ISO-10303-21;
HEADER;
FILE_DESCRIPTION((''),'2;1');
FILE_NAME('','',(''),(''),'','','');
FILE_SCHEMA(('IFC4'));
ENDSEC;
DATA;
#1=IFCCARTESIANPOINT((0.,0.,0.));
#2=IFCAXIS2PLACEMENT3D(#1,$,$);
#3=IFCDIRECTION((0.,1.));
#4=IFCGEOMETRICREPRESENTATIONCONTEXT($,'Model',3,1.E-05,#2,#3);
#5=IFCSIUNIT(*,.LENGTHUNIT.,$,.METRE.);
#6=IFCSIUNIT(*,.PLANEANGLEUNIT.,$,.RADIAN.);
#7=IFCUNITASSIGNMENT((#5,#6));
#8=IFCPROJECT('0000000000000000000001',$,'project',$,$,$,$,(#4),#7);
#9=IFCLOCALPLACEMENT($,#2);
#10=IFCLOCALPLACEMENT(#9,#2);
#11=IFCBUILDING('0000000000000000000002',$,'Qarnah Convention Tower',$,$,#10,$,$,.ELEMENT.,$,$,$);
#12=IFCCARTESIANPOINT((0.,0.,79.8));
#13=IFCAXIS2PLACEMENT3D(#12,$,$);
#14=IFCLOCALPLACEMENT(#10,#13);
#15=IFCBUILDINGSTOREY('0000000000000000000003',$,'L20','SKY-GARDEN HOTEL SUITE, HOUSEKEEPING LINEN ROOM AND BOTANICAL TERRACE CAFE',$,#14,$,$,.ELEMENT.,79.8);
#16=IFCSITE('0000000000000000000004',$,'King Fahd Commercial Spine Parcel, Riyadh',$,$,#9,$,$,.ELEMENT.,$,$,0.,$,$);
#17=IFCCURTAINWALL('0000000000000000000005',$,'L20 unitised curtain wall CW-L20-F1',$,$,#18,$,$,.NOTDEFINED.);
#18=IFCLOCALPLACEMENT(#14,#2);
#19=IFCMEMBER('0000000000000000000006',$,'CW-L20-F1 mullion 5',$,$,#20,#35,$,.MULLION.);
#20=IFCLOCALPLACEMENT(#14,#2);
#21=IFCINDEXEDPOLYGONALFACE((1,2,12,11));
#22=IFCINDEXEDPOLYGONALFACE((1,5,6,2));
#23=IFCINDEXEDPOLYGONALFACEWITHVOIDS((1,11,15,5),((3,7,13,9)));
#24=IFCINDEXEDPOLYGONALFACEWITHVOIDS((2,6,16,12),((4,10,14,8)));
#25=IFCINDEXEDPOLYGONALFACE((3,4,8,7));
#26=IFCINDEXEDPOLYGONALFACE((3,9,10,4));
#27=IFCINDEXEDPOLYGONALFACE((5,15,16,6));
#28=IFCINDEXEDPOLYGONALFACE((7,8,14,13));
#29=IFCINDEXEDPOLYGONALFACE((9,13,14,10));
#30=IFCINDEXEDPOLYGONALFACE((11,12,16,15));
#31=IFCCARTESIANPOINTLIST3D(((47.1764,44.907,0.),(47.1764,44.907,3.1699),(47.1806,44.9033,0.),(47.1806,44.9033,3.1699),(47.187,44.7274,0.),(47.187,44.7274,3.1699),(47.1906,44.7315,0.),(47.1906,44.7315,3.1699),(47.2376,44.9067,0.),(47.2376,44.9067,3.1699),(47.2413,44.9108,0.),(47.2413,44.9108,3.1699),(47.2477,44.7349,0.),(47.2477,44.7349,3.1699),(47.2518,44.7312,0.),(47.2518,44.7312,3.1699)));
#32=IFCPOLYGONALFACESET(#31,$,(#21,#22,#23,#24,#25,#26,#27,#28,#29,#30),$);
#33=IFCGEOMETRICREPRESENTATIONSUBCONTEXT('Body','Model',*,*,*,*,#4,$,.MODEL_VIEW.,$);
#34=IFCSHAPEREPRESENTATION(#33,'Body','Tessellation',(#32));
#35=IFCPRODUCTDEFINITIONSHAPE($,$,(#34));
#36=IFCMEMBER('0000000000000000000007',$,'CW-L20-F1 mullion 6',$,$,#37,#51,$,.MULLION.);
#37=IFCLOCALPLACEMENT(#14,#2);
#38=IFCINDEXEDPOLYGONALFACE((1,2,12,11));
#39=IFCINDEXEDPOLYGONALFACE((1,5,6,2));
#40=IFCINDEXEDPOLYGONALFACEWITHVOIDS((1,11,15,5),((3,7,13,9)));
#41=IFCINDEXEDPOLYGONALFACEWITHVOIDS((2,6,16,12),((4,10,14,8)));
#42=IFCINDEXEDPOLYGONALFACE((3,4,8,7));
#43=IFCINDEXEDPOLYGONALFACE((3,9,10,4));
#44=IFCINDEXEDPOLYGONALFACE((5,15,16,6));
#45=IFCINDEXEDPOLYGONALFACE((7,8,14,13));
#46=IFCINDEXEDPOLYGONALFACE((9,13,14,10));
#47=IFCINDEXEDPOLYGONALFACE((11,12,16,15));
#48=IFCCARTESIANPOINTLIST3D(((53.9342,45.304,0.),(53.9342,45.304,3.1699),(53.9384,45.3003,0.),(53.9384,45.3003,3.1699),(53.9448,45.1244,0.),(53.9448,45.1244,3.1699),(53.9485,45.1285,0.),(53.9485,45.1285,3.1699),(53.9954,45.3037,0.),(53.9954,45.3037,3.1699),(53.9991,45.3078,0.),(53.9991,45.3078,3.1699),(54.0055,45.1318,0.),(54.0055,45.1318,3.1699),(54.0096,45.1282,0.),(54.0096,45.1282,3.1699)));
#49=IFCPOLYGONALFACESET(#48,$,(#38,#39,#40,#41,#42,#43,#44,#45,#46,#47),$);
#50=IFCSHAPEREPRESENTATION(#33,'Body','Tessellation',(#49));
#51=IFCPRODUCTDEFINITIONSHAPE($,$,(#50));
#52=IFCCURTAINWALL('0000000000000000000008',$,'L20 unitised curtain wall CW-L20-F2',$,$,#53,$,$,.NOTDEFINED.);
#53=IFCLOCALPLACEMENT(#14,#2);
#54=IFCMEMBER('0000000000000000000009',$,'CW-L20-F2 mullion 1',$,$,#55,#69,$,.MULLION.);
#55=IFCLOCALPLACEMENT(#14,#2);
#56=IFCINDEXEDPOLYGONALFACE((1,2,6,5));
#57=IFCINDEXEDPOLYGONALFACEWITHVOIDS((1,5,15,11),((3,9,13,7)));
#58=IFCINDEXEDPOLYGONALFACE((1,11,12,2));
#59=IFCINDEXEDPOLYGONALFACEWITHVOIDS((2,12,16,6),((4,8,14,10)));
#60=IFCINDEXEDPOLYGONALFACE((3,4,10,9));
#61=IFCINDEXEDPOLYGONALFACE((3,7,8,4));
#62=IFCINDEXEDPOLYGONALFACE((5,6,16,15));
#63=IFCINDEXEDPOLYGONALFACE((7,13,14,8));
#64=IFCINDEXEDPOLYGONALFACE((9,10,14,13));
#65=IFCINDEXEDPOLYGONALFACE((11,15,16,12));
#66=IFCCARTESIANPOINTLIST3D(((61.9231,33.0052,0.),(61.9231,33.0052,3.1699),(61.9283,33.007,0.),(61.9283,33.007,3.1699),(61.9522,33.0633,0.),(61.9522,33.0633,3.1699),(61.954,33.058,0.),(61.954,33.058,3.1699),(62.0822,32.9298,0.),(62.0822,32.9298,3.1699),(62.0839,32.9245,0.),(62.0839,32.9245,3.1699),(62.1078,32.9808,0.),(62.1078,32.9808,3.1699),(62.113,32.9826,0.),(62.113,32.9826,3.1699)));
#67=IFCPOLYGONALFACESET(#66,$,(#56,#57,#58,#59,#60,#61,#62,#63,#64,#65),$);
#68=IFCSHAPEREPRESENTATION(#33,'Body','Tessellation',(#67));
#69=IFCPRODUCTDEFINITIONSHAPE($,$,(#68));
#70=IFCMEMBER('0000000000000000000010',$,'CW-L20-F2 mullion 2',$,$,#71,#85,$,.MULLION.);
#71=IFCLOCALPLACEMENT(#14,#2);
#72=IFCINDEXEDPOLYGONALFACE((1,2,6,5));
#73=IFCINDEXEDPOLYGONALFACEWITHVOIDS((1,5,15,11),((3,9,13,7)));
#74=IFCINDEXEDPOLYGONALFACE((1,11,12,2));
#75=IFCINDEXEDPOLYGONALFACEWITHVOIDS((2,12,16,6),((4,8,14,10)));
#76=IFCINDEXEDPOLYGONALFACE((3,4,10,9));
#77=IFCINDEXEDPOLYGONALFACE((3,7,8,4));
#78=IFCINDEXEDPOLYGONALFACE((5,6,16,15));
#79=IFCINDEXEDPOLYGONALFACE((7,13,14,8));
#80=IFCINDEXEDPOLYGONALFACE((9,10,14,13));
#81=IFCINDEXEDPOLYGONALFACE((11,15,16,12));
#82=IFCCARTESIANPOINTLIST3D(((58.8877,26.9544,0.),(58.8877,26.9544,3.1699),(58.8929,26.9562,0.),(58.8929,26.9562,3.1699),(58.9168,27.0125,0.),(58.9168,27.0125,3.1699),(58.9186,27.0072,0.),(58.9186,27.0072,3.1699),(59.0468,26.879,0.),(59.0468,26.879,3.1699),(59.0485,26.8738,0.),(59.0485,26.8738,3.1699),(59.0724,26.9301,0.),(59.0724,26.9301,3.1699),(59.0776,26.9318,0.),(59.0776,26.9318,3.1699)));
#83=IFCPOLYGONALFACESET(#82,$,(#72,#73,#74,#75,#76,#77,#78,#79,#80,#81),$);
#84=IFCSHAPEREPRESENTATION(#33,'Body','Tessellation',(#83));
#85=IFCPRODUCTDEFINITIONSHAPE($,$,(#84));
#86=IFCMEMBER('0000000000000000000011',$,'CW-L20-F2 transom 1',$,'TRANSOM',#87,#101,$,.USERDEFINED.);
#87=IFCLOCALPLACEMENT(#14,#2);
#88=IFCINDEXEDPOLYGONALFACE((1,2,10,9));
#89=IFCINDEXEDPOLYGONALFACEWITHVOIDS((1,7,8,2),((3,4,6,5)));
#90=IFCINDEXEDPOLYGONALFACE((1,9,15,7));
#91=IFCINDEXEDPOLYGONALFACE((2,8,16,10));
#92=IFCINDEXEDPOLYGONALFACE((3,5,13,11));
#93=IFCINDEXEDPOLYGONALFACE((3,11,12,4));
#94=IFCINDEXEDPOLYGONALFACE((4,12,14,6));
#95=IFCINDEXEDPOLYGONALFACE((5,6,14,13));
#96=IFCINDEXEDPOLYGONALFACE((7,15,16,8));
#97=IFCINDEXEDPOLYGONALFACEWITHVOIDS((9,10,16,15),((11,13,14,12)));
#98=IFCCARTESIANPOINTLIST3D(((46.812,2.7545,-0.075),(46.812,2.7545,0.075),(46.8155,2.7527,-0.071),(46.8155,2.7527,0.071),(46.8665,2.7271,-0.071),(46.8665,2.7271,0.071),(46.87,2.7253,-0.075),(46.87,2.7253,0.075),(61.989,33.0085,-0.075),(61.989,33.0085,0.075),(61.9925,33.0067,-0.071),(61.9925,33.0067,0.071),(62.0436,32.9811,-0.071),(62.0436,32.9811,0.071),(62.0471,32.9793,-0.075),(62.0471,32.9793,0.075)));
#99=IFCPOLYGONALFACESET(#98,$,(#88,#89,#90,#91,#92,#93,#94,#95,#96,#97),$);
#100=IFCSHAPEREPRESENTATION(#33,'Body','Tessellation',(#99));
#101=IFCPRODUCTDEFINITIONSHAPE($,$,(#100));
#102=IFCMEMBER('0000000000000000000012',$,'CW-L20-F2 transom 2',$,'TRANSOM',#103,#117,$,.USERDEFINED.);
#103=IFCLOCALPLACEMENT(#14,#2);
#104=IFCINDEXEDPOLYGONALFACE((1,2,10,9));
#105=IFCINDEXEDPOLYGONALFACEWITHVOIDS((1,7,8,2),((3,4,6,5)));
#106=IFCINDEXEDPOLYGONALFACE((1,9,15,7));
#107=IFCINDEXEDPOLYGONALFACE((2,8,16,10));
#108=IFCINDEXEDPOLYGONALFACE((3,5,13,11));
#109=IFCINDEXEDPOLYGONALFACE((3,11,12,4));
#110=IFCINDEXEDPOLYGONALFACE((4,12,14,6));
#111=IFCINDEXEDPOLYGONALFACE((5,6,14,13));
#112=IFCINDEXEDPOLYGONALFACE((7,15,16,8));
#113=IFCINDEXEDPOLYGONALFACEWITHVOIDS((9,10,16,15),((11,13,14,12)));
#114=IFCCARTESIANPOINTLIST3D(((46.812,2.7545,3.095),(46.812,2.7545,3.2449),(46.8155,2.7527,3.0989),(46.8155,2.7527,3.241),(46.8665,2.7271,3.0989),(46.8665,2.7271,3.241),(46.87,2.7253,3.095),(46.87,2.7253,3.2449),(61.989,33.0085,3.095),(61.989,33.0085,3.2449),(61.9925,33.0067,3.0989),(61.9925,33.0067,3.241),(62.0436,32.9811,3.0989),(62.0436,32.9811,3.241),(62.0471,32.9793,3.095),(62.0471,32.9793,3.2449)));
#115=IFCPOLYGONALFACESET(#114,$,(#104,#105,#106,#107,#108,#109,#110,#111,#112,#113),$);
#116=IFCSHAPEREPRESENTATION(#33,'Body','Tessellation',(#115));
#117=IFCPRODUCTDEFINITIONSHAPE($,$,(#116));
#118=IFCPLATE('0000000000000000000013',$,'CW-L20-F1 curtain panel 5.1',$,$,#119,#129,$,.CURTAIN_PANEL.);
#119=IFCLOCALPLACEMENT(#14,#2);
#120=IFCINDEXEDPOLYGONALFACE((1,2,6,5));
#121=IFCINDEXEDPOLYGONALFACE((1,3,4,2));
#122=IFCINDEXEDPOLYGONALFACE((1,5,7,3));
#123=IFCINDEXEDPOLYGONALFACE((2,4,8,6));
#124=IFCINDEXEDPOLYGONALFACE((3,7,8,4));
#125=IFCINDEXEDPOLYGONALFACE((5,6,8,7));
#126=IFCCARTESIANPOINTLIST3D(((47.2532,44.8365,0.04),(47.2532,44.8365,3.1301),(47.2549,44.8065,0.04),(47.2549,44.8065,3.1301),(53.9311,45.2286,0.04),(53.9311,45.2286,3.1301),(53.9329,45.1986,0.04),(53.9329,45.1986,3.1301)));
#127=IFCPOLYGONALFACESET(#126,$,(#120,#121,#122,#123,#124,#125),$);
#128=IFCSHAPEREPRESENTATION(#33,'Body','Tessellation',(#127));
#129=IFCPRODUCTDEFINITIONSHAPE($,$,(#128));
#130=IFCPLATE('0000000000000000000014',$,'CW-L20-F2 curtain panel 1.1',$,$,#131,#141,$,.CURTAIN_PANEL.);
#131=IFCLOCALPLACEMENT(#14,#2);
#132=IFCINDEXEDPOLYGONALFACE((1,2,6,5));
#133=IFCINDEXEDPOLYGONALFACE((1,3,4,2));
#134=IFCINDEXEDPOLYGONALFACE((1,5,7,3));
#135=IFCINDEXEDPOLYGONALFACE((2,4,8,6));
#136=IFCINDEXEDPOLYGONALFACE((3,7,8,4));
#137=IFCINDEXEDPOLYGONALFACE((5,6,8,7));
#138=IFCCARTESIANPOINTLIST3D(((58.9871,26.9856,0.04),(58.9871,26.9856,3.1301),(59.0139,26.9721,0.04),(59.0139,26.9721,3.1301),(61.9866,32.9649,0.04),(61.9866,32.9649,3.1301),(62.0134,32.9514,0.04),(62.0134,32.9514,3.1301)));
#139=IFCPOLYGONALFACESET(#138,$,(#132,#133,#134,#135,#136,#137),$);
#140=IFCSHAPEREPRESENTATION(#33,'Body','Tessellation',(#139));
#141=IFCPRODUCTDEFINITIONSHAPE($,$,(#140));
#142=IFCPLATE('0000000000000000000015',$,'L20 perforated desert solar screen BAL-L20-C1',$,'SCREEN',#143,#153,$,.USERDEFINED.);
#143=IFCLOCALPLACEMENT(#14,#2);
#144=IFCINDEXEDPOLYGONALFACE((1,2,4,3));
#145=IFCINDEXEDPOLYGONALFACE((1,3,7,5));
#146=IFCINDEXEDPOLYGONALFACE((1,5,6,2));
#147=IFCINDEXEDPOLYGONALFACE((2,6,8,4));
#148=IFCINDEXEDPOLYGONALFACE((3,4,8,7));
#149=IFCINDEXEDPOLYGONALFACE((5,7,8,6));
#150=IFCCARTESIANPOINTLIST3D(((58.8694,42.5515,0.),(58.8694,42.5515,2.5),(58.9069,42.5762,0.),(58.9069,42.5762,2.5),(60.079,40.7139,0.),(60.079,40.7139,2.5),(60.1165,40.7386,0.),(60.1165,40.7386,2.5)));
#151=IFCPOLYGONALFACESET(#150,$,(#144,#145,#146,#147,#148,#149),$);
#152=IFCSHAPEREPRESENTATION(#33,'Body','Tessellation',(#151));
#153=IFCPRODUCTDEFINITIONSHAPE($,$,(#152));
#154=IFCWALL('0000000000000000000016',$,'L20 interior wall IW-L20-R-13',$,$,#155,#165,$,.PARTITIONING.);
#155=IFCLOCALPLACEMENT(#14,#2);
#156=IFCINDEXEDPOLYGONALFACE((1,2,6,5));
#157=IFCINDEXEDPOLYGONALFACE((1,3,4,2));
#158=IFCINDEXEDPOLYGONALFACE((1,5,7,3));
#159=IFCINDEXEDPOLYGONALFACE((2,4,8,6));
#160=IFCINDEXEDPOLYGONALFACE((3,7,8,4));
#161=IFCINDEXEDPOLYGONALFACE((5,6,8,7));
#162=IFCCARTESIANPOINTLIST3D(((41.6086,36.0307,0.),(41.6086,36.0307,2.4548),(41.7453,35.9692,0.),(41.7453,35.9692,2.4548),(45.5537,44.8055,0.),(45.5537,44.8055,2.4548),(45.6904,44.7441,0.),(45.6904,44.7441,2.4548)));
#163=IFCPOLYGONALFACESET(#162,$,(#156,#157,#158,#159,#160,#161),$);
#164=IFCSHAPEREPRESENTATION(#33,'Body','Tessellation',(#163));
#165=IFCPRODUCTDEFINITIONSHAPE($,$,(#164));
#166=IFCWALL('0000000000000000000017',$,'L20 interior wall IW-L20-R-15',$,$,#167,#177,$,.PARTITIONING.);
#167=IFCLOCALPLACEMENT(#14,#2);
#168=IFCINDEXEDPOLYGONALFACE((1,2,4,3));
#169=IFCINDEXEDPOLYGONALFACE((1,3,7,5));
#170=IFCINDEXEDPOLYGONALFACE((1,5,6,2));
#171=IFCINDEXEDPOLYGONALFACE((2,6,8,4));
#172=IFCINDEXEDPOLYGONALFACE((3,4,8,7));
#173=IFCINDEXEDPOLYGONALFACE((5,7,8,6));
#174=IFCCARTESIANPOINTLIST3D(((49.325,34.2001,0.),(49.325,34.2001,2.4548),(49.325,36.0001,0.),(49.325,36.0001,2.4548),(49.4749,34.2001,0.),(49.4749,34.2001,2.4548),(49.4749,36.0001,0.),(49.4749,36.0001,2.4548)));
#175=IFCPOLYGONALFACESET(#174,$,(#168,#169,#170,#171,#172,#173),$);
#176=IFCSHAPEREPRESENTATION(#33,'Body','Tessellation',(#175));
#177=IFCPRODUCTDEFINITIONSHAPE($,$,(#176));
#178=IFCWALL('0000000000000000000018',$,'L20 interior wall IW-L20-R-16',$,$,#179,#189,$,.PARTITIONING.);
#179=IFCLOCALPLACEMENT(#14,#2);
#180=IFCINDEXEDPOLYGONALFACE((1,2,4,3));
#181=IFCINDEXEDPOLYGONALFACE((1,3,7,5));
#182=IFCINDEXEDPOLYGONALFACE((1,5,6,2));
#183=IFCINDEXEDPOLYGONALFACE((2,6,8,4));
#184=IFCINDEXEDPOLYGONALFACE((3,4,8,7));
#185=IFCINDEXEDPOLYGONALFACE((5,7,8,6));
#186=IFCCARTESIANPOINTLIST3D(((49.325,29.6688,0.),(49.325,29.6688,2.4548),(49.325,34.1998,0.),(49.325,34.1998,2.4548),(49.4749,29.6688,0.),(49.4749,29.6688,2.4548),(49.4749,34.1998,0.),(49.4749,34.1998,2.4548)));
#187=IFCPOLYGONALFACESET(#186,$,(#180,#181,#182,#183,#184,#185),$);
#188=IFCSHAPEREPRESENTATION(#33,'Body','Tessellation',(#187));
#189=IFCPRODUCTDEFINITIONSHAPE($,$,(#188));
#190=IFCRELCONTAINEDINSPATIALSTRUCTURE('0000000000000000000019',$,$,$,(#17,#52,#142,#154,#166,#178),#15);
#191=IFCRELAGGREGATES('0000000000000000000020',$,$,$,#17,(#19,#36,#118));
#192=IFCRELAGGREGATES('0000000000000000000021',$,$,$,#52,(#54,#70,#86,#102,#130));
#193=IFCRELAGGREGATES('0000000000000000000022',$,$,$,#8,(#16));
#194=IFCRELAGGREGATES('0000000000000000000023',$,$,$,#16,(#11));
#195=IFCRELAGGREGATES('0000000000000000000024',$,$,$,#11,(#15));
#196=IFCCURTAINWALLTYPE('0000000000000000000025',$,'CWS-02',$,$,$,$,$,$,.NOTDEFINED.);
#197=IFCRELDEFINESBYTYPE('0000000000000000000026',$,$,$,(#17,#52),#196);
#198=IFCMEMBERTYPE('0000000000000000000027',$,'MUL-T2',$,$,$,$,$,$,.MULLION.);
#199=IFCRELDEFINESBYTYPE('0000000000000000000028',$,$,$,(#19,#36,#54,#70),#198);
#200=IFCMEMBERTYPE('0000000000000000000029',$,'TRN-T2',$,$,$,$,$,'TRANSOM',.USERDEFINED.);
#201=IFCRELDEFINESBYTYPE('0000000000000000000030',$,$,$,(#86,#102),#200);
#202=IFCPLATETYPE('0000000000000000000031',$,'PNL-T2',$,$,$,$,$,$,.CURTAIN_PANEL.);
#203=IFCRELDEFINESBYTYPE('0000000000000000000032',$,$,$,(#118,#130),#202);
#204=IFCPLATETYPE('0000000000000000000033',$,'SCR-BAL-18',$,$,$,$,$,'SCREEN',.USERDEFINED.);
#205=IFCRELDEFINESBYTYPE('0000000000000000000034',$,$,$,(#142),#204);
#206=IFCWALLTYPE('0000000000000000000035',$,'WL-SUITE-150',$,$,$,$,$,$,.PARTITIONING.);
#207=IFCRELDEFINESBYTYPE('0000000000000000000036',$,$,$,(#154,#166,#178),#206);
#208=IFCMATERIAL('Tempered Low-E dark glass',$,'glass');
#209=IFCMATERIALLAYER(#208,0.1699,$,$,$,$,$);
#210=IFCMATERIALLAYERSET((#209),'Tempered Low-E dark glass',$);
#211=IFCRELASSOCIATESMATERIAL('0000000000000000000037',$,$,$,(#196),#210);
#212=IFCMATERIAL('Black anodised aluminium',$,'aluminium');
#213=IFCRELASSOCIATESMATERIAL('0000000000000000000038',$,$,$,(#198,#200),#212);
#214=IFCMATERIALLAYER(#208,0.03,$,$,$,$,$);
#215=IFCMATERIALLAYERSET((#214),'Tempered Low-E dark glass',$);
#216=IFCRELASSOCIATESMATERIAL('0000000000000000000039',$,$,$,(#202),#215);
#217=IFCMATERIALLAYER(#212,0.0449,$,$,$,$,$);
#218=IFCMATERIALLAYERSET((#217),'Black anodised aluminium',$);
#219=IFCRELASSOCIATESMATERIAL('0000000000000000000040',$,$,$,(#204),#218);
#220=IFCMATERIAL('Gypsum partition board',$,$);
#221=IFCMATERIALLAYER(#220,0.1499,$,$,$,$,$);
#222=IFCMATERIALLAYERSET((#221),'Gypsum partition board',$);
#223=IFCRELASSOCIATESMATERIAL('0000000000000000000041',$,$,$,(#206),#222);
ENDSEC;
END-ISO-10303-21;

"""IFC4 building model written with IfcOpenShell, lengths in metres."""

from ifc_helpers import new_model, si_unit, direction, frame, frame_2d, origin, origin_2d, place, context, subcontext, project, spatial, rectangle, hollow_rectangle, extrude, material, layer, layer_set, material_profile, profile_set, type_object, element, aggregate, save


model = new_model("IFC4")

# Units and contexts
model_context = context("Model", 3, precision=1e-05, world=origin(), true_north=direction((0.0, 1.0)))
body_context = subcontext(model_context, "Body", "Model", "MODEL_VIEW")
ifc_project = project(units=[si_unit("LENGTHUNIT", "METRE"), si_unit("PLANEANGLEUNIT", "RADIAN")], contexts=[model_context])

# Site, building, storey
site_placement = place(None, origin())
site = spatial("IfcSite", under=ifc_project, at=site_placement, Name="King Fahd Commercial Spine Parcel, Riyadh", CompositionType="ELEMENT", RefElevation=0.0)
building_placement = place(site_placement, origin())
building = spatial("IfcBuilding", under=site, at=building_placement, Name="Qarnah Convention Tower", CompositionType="ELEMENT")
storey_placement = place(building_placement, frame((0.0, 0.0, 79.8)))
storey = spatial("IfcBuildingStorey", under=building, at=storey_placement, Name="L20", Description="SKY-GARDEN HOTEL SUITE, HOUSEKEEPING LINEN ROOM AND BOTANICAL TERRACE CAFE", CompositionType="ELEMENT", Elevation=79.8)

# Curtain walls, members
ifc_material_1 = material(Name="Tempered Low-E dark glass", Category="glass")
ifc_layer_1 = layer(ifc_material_1, 0.1699)
ifc_layer_set_1 = layer_set([ifc_layer_1], Name="Tempered Low-E dark glass")
curtain_wall_type = type_object("IfcCurtainWallType", Name="CWS-02", PredefinedType="NOTDEFINED", material=ifc_layer_set_1)
curtain_wall_1_placement = place(storey_placement, origin())
curtain_wall_1 = element("IfcCurtainWall", 1, at=curtain_wall_1_placement, inside=storey, type_object=curtain_wall_type, Name="L20 unitised curtain wall CW-L20-F1", PredefinedType="NOTDEFINED")
ifc_material_2 = material(Name="Black anodised aluminium", Category="aluminium")
ifc_material_profile_1 = material_profile(ifc_material_2, hollow_rectangle(XDim=0.0649, YDim=0.1799, WallThickness=0.0039, at=origin_2d()), Name="MUL-65X180")
ifc_profile_set_1 = profile_set([ifc_material_profile_1], Name="Black anodised aluminium")
member_type_1 = type_object("IfcMemberType", Name="MUL-T2", PredefinedType="MULLION", material=ifc_profile_set_1)
member_1_placement = place(storey_placement, frame((47.2141, 44.8191, 0.0), z_axis=(0.0, 0.0, 1.0), x_axis=(0.998281, 0.058616, 0.0)))
member_1 = element("IfcMember", 2, at=member_1_placement, type_object=member_type_1, Name="CW-L20-F1 mullion 5", PredefinedType="MULLION", context=body_context, shape_type="SweptSolid", body=[
    extrude(hollow_rectangle(XDim=0.0649, YDim=0.1799, WallThickness=0.0039, at=origin_2d()), origin(), (0.0, 0.0, 1.0), 3.1699),
])
member_2_placement = place(storey_placement, frame((53.9719, 45.2161, 0.0), z_axis=(0.0, 0.0, 1.0), x_axis=(0.998281, 0.058616, 0.0)))
member_2 = element("IfcMember", 3, at=member_2_placement, type_object=member_type_1, Name="CW-L20-F1 mullion 6", PredefinedType="MULLION", context=body_context, shape_type="SweptSolid", body=[
    extrude(hollow_rectangle(XDim=0.0649, YDim=0.1799, WallThickness=0.0039, at=origin_2d()), origin(), (0.0, 0.0, 1.0), 3.1699),
])
curtain_wall_2_placement = place(storey_placement, origin())
curtain_wall_2 = element("IfcCurtainWall", 4, at=curtain_wall_2_placement, inside=storey, type_object=curtain_wall_type, Name="L20 unitised curtain wall CW-L20-F2", PredefinedType="NOTDEFINED")
member_3_placement = place(storey_placement, frame((62.0181, 32.9939, 0.0), z_axis=(0.0, 0.0, 1.0), x_axis=(-0.448395, -0.893836, 0.0)))
member_3 = element("IfcMember", 5, at=member_3_placement, type_object=member_type_1, Name="CW-L20-F2 mullion 1", PredefinedType="MULLION", context=body_context, shape_type="SweptSolid", body=[
    extrude(hollow_rectangle(XDim=0.0649, YDim=0.1799, WallThickness=0.0039, at=origin_2d()), origin(), (0.0, 0.0, 1.0), 3.1699),
])
member_4_placement = place(storey_placement, frame((58.9827, 26.9431, 0.0), z_axis=(0.0, 0.0, 1.0), x_axis=(-0.448395, -0.893836, 0.0)))
member_4 = element("IfcMember", 6, at=member_4_placement, type_object=member_type_1, Name="CW-L20-F2 mullion 2", PredefinedType="MULLION", context=body_context, shape_type="SweptSolid", body=[
    extrude(hollow_rectangle(XDim=0.0649, YDim=0.1799, WallThickness=0.0039, at=origin_2d()), origin(), (0.0, 0.0, 1.0), 3.1699),
])
ifc_material_profile_2 = material_profile(ifc_material_2, hollow_rectangle(XDim=0.0649, YDim=0.1499, WallThickness=0.0039, at=origin_2d()), Name="TRN-65X150")
ifc_profile_set_2 = profile_set([ifc_material_profile_2], Name="Black anodised aluminium")
member_type_2 = type_object("IfcMemberType", Name="TRN-T2", ElementType="TRANSOM", PredefinedType="USERDEFINED", material=ifc_profile_set_2)
member_5_placement = place(storey_placement, frame((62.0181, 32.9939, 0.0), z_axis=(-0.448396, -0.893835, 0.0), x_axis=(0.893835, -0.448396, 0.0)))
member_5 = element("IfcMember", 7, at=member_5_placement, type_object=member_type_2, Name="CW-L20-F2 transom 1", ObjectType="TRANSOM", PredefinedType="USERDEFINED", context=body_context, shape_type="SweptSolid", body=[
    extrude(hollow_rectangle(XDim=0.0649, YDim=0.1499, WallThickness=0.0039, at=origin_2d()), origin(), (0.0, 0.0, 1.0), 33.8474),
])
member_6_placement = place(storey_placement, frame((62.0181, 32.9939, 3.1699), z_axis=(-0.448396, -0.893835, 0.0), x_axis=(0.893835, -0.448396, 0.0)))
member_6 = element("IfcMember", 8, at=member_6_placement, type_object=member_type_2, Name="CW-L20-F2 transom 2", ObjectType="TRANSOM", PredefinedType="USERDEFINED", context=body_context, shape_type="SweptSolid", body=[
    extrude(hollow_rectangle(XDim=0.0649, YDim=0.1499, WallThickness=0.0039, at=origin_2d()), origin(), (0.0, 0.0, 1.0), 33.8474),
])

# Plates
ifc_layer_2 = layer(ifc_material_1, 0.03)
ifc_layer_set_2 = layer_set([ifc_layer_2], Name="Tempered Low-E dark glass")
plate_type_1 = type_object("IfcPlateType", Name="PNL-T2", PredefinedType="CURTAIN_PANEL", material=ifc_layer_set_2)
plate_1_placement = place(storey_placement, frame((50.593, 45.0176, 0.04), z_axis=(0.0, 0.0, 1.0), x_axis=(0.998281, 0.058616, 0.0)))
plate_1 = element("IfcPlate", 9, at=plate_1_placement, type_object=plate_type_1, Name="CW-L20-F1 curtain panel 5.1", PredefinedType="CURTAIN_PANEL", context=body_context, shape_type="SweptSolid", body=[
    extrude(rectangle(XDim=6.6895, YDim=0.03, at=origin_2d()), origin(), (0.0, 0.0, 1.0), 3.0901),
])
aggregate(curtain_wall_1, [member_1, member_2, plate_1])
plate_2_placement = place(storey_placement, frame((60.5002, 29.9685, 0.04), z_axis=(0.0, 0.0, 1.0), x_axis=(-0.448395, -0.893836, 0.0)))
plate_2 = element("IfcPlate", 10, at=plate_2_placement, type_object=plate_type_1, Name="CW-L20-F2 curtain panel 1.1", PredefinedType="CURTAIN_PANEL", context=body_context, shape_type="SweptSolid", body=[
    extrude(rectangle(XDim=6.6895, YDim=0.03, at=origin_2d()), origin(), (0.0, 0.0, 1.0), 3.0901),
])
aggregate(curtain_wall_2, [member_3, member_4, member_5, member_6, plate_2])
ifc_layer_3 = layer(ifc_material_2, 0.0449)
ifc_layer_set_3 = layer_set([ifc_layer_3], Name="Black anodised aluminium")
plate_type_2 = type_object("IfcPlateType", Name="SCR-BAL-18", ElementType="SCREEN", PredefinedType="USERDEFINED", material=ifc_layer_set_3)
plate_3_placement = place(storey_placement, frame((59.4929, 41.645, 0.0), z_axis=(0.0, 0.0, 1.0), x_axis=(0.549823, -0.835281, 0.0)))
element("IfcPlate", 11, at=plate_3_placement, inside=storey, type_object=plate_type_2, Name="L20 perforated desert solar screen BAL-L20-C1", ObjectType="SCREEN", PredefinedType="USERDEFINED", context=body_context, shape_type="SweptSolid", body=[
    extrude(rectangle(XDim=2.2, YDim=0.0449, at=origin_2d()), origin(), (0.0, 0.0, 1.0), 2.5),
])

# Walls
ifc_material_3 = material(Name="Gypsum partition board")
ifc_layer_4 = layer(ifc_material_3, 0.1499)
ifc_layer_set_4 = layer_set([ifc_layer_4], Name="Gypsum partition board")
wall_type_1 = type_object("IfcWallType", Name="WL-SUITE-150", PredefinedType="PARTITIONING", material=ifc_layer_set_4)
wall_1_placement = place(storey_placement, frame((45.6221, 44.7749, 0.0), z_axis=(0.0, 0.0, 1.0), x_axis=(-0.41005, -0.912063, 0.0)))
element("IfcWall", 12, at=wall_1_placement, inside=storey, type_object=wall_type_1, Name="L20 interior wall IW-L20-R-13", PredefinedType="PARTITIONING", context=body_context, shape_type="SweptSolid", body=[
    extrude(rectangle(XDim=9.6208, YDim=0.1499, at=frame_2d((4.8105, 0.0))), origin(), (0.0, 0.0, 1.0), 2.4548),
])
wall_2_placement = place(storey_placement, frame((49.3999, 36.0, 0.0), z_axis=(0.0, 0.0, 1.0), x_axis=(0.0, -1.0, 0.0)))
element("IfcWall", 13, at=wall_2_placement, inside=storey, type_object=wall_type_1, Name="L20 interior wall IW-L20-R-15", PredefinedType="PARTITIONING", context=body_context, shape_type="SweptSolid", body=[
    extrude(rectangle(XDim=1.8, YDim=0.1499, at=frame_2d((0.8999, 0.0))), origin(), (0.0, 0.0, 1.0), 2.4548),
])
wall_3_placement = place(storey_placement, frame((49.3999, 34.2, 0.0), z_axis=(0.0, 0.0, 1.0), x_axis=(0.0, -1.0, 0.0)))
element("IfcWall", 14, at=wall_3_placement, inside=storey, type_object=wall_type_1, Name="L20 interior wall IW-L20-R-16", PredefinedType="PARTITIONING", context=body_context, shape_type="SweptSolid", body=[
    extrude(rectangle(XDim=4.531, YDim=0.1499, at=frame_2d((2.2656, 0.0))), origin(), (0.0, 0.0, 1.0), 2.4548),
])

save(model, "model.ifc")
